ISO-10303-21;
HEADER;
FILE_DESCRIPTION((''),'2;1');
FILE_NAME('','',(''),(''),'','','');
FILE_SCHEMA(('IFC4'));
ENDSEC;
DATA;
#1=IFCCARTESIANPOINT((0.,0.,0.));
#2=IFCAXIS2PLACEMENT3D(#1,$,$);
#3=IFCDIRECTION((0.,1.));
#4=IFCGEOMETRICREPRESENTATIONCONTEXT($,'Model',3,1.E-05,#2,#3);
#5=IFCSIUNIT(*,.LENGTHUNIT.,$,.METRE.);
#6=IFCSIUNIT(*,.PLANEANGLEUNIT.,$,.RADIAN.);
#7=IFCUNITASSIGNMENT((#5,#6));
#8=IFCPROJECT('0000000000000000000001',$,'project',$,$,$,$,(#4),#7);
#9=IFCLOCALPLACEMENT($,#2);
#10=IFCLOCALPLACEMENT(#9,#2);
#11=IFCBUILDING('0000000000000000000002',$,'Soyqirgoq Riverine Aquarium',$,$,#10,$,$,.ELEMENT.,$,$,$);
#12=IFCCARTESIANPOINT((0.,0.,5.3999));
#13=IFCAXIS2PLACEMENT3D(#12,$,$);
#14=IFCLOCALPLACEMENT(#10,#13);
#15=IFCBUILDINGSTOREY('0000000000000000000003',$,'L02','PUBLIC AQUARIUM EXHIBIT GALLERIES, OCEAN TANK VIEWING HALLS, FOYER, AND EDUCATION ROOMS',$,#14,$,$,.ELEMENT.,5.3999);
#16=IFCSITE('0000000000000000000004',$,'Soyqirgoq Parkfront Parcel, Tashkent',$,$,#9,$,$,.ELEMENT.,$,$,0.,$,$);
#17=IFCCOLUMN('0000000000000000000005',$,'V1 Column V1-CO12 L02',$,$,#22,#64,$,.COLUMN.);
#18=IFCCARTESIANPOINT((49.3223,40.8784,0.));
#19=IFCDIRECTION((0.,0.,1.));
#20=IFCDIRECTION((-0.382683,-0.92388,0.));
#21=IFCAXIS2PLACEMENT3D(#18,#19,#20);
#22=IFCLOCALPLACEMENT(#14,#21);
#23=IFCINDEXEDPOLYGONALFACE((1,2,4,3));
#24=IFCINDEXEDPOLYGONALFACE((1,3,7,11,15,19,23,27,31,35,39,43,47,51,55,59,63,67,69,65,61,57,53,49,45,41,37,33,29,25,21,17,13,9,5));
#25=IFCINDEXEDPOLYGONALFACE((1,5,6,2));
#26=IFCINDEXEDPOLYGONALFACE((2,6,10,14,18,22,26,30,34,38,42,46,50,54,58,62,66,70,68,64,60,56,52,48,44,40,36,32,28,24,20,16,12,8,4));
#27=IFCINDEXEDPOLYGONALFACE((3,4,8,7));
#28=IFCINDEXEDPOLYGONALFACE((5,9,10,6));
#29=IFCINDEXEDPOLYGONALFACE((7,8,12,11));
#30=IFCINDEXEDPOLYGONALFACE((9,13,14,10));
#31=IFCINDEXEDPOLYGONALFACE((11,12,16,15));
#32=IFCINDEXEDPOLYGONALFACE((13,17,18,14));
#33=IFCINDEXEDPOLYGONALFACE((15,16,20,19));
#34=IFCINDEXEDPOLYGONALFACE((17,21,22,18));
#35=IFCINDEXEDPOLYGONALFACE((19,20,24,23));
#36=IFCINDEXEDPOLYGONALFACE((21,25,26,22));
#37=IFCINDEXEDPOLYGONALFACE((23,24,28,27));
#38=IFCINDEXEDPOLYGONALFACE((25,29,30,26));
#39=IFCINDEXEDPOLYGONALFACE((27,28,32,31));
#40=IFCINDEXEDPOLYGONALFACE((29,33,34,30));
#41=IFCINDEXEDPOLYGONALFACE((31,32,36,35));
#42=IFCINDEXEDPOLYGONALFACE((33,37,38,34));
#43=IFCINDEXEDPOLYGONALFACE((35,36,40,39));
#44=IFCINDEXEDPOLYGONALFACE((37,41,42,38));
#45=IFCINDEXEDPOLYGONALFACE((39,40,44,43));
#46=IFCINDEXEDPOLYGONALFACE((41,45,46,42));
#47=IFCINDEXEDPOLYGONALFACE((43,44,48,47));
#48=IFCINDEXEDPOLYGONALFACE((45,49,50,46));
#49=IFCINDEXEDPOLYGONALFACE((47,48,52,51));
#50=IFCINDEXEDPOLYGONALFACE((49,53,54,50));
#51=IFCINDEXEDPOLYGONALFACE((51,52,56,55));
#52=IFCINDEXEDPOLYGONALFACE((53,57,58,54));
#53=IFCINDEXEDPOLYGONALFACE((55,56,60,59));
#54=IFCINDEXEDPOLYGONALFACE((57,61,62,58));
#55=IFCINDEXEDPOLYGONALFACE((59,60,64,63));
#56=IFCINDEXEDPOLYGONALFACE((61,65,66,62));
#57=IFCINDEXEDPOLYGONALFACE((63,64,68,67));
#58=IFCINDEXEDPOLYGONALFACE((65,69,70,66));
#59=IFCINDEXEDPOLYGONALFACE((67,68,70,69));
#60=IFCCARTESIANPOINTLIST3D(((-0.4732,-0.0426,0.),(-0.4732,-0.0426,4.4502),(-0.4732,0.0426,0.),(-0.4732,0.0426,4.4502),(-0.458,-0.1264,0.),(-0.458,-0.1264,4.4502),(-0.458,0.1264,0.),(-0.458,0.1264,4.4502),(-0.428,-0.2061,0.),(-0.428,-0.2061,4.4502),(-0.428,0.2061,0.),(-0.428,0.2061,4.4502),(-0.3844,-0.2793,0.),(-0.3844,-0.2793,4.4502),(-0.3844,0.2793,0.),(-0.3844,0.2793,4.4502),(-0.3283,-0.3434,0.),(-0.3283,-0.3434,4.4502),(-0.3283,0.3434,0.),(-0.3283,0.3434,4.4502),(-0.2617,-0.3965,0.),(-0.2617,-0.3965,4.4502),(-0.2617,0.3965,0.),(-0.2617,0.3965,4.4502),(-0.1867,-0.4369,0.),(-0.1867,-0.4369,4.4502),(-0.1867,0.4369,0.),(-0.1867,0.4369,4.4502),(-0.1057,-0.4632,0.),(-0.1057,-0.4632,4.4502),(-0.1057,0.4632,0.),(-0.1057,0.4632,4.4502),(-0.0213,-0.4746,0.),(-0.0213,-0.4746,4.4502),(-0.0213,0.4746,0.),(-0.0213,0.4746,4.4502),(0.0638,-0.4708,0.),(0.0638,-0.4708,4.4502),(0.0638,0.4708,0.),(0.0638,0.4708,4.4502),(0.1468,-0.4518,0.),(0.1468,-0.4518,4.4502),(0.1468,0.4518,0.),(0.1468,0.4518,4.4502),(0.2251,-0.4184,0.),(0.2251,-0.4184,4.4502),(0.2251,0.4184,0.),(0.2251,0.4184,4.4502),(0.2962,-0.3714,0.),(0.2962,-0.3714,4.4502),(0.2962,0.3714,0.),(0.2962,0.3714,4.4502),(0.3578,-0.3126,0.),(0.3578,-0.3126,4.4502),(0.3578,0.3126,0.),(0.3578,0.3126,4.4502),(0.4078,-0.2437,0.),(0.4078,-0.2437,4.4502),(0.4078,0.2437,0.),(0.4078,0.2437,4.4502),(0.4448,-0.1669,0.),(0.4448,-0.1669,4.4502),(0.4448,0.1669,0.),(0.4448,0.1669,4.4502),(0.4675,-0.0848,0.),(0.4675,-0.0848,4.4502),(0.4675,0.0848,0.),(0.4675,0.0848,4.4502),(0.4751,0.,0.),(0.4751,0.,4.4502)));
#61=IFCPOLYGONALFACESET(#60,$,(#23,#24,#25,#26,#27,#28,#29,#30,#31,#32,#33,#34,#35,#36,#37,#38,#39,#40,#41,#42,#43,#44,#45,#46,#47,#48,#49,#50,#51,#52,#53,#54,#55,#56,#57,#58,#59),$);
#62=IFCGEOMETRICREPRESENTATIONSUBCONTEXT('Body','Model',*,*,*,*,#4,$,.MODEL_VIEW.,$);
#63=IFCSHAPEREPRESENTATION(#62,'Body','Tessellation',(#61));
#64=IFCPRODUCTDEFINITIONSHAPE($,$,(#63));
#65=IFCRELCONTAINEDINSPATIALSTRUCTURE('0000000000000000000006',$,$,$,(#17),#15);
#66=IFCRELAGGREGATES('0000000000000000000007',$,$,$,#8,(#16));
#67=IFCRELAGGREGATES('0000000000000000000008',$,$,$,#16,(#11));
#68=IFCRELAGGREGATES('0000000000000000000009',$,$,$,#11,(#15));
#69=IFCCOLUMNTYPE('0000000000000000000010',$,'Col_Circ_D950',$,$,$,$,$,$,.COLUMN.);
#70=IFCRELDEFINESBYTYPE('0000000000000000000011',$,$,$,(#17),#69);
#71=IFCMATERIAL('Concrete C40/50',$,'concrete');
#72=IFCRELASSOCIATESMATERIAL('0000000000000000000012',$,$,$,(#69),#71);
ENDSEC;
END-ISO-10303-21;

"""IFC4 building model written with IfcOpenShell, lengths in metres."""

from ifc_helpers import new_model, si_unit, direction, frame, origin, origin_2d, place, context, subcontext, project, spatial, circle, extrude, material, material_profile, profile_set, type_object, element, save


model = new_model("IFC4")

# Units and contexts
model_context = context("Model", 3, precision=1e-05, world=origin(), true_north=direction((0.0, 1.0)))
body_context = subcontext(model_context, "Body", "Model", "MODEL_VIEW")
ifc_project = project(units=[si_unit("LENGTHUNIT", "METRE"), si_unit("PLANEANGLEUNIT", "RADIAN")], contexts=[model_context])

# Site, building, storey
site_placement = place(None, origin())
site = spatial("IfcSite", under=ifc_project, at=site_placement, Name="Soyqirgoq Parkfront Parcel, Tashkent", CompositionType="ELEMENT", RefElevation=0.0)
building_placement = place(site_placement, origin())
building = spatial("IfcBuilding", under=site, at=building_placement, Name="Soyqirgoq Riverine Aquarium", CompositionType="ELEMENT")
storey_placement = place(building_placement, frame((0.0, 0.0, 5.3999)))
storey = spatial("IfcBuildingStorey", under=building, at=storey_placement, Name="L02", Description="PUBLIC AQUARIUM EXHIBIT GALLERIES, OCEAN TANK VIEWING HALLS, FOYER, AND EDUCATION ROOMS", CompositionType="ELEMENT", Elevation=5.3999)

# Column
ifc_material_1 = material(Name="Concrete C40/50", Category="concrete")
ifc_material_profile_1 = material_profile(ifc_material_1, circle(Radius=0.4751, at=origin_2d()), Name="RC-COL D950")
ifc_profile_set_1 = profile_set([ifc_material_profile_1], Name="Concrete C40/50")
column_type = type_object("IfcColumnType", Name="Col_Circ_D950", PredefinedType="COLUMN", material=ifc_profile_set_1)
column_placement = place(storey_placement, frame((49.3223, 40.8784, 0.0), z_axis=(0.0, 0.0, 1.0), x_axis=(-0.382683, -0.92388, 0.0)))
element("IfcColumn", 1, at=column_placement, inside=storey, type_object=column_type, Name="V1 Column V1-CO12 L02", PredefinedType="COLUMN", context=body_context, shape_type="SweptSolid", body=[
    extrude(circle(Radius=0.4751, at=origin_2d()), origin(), (0.0, 0.0, 1.0), 4.4502),
])

save(model, "model.ifc")
